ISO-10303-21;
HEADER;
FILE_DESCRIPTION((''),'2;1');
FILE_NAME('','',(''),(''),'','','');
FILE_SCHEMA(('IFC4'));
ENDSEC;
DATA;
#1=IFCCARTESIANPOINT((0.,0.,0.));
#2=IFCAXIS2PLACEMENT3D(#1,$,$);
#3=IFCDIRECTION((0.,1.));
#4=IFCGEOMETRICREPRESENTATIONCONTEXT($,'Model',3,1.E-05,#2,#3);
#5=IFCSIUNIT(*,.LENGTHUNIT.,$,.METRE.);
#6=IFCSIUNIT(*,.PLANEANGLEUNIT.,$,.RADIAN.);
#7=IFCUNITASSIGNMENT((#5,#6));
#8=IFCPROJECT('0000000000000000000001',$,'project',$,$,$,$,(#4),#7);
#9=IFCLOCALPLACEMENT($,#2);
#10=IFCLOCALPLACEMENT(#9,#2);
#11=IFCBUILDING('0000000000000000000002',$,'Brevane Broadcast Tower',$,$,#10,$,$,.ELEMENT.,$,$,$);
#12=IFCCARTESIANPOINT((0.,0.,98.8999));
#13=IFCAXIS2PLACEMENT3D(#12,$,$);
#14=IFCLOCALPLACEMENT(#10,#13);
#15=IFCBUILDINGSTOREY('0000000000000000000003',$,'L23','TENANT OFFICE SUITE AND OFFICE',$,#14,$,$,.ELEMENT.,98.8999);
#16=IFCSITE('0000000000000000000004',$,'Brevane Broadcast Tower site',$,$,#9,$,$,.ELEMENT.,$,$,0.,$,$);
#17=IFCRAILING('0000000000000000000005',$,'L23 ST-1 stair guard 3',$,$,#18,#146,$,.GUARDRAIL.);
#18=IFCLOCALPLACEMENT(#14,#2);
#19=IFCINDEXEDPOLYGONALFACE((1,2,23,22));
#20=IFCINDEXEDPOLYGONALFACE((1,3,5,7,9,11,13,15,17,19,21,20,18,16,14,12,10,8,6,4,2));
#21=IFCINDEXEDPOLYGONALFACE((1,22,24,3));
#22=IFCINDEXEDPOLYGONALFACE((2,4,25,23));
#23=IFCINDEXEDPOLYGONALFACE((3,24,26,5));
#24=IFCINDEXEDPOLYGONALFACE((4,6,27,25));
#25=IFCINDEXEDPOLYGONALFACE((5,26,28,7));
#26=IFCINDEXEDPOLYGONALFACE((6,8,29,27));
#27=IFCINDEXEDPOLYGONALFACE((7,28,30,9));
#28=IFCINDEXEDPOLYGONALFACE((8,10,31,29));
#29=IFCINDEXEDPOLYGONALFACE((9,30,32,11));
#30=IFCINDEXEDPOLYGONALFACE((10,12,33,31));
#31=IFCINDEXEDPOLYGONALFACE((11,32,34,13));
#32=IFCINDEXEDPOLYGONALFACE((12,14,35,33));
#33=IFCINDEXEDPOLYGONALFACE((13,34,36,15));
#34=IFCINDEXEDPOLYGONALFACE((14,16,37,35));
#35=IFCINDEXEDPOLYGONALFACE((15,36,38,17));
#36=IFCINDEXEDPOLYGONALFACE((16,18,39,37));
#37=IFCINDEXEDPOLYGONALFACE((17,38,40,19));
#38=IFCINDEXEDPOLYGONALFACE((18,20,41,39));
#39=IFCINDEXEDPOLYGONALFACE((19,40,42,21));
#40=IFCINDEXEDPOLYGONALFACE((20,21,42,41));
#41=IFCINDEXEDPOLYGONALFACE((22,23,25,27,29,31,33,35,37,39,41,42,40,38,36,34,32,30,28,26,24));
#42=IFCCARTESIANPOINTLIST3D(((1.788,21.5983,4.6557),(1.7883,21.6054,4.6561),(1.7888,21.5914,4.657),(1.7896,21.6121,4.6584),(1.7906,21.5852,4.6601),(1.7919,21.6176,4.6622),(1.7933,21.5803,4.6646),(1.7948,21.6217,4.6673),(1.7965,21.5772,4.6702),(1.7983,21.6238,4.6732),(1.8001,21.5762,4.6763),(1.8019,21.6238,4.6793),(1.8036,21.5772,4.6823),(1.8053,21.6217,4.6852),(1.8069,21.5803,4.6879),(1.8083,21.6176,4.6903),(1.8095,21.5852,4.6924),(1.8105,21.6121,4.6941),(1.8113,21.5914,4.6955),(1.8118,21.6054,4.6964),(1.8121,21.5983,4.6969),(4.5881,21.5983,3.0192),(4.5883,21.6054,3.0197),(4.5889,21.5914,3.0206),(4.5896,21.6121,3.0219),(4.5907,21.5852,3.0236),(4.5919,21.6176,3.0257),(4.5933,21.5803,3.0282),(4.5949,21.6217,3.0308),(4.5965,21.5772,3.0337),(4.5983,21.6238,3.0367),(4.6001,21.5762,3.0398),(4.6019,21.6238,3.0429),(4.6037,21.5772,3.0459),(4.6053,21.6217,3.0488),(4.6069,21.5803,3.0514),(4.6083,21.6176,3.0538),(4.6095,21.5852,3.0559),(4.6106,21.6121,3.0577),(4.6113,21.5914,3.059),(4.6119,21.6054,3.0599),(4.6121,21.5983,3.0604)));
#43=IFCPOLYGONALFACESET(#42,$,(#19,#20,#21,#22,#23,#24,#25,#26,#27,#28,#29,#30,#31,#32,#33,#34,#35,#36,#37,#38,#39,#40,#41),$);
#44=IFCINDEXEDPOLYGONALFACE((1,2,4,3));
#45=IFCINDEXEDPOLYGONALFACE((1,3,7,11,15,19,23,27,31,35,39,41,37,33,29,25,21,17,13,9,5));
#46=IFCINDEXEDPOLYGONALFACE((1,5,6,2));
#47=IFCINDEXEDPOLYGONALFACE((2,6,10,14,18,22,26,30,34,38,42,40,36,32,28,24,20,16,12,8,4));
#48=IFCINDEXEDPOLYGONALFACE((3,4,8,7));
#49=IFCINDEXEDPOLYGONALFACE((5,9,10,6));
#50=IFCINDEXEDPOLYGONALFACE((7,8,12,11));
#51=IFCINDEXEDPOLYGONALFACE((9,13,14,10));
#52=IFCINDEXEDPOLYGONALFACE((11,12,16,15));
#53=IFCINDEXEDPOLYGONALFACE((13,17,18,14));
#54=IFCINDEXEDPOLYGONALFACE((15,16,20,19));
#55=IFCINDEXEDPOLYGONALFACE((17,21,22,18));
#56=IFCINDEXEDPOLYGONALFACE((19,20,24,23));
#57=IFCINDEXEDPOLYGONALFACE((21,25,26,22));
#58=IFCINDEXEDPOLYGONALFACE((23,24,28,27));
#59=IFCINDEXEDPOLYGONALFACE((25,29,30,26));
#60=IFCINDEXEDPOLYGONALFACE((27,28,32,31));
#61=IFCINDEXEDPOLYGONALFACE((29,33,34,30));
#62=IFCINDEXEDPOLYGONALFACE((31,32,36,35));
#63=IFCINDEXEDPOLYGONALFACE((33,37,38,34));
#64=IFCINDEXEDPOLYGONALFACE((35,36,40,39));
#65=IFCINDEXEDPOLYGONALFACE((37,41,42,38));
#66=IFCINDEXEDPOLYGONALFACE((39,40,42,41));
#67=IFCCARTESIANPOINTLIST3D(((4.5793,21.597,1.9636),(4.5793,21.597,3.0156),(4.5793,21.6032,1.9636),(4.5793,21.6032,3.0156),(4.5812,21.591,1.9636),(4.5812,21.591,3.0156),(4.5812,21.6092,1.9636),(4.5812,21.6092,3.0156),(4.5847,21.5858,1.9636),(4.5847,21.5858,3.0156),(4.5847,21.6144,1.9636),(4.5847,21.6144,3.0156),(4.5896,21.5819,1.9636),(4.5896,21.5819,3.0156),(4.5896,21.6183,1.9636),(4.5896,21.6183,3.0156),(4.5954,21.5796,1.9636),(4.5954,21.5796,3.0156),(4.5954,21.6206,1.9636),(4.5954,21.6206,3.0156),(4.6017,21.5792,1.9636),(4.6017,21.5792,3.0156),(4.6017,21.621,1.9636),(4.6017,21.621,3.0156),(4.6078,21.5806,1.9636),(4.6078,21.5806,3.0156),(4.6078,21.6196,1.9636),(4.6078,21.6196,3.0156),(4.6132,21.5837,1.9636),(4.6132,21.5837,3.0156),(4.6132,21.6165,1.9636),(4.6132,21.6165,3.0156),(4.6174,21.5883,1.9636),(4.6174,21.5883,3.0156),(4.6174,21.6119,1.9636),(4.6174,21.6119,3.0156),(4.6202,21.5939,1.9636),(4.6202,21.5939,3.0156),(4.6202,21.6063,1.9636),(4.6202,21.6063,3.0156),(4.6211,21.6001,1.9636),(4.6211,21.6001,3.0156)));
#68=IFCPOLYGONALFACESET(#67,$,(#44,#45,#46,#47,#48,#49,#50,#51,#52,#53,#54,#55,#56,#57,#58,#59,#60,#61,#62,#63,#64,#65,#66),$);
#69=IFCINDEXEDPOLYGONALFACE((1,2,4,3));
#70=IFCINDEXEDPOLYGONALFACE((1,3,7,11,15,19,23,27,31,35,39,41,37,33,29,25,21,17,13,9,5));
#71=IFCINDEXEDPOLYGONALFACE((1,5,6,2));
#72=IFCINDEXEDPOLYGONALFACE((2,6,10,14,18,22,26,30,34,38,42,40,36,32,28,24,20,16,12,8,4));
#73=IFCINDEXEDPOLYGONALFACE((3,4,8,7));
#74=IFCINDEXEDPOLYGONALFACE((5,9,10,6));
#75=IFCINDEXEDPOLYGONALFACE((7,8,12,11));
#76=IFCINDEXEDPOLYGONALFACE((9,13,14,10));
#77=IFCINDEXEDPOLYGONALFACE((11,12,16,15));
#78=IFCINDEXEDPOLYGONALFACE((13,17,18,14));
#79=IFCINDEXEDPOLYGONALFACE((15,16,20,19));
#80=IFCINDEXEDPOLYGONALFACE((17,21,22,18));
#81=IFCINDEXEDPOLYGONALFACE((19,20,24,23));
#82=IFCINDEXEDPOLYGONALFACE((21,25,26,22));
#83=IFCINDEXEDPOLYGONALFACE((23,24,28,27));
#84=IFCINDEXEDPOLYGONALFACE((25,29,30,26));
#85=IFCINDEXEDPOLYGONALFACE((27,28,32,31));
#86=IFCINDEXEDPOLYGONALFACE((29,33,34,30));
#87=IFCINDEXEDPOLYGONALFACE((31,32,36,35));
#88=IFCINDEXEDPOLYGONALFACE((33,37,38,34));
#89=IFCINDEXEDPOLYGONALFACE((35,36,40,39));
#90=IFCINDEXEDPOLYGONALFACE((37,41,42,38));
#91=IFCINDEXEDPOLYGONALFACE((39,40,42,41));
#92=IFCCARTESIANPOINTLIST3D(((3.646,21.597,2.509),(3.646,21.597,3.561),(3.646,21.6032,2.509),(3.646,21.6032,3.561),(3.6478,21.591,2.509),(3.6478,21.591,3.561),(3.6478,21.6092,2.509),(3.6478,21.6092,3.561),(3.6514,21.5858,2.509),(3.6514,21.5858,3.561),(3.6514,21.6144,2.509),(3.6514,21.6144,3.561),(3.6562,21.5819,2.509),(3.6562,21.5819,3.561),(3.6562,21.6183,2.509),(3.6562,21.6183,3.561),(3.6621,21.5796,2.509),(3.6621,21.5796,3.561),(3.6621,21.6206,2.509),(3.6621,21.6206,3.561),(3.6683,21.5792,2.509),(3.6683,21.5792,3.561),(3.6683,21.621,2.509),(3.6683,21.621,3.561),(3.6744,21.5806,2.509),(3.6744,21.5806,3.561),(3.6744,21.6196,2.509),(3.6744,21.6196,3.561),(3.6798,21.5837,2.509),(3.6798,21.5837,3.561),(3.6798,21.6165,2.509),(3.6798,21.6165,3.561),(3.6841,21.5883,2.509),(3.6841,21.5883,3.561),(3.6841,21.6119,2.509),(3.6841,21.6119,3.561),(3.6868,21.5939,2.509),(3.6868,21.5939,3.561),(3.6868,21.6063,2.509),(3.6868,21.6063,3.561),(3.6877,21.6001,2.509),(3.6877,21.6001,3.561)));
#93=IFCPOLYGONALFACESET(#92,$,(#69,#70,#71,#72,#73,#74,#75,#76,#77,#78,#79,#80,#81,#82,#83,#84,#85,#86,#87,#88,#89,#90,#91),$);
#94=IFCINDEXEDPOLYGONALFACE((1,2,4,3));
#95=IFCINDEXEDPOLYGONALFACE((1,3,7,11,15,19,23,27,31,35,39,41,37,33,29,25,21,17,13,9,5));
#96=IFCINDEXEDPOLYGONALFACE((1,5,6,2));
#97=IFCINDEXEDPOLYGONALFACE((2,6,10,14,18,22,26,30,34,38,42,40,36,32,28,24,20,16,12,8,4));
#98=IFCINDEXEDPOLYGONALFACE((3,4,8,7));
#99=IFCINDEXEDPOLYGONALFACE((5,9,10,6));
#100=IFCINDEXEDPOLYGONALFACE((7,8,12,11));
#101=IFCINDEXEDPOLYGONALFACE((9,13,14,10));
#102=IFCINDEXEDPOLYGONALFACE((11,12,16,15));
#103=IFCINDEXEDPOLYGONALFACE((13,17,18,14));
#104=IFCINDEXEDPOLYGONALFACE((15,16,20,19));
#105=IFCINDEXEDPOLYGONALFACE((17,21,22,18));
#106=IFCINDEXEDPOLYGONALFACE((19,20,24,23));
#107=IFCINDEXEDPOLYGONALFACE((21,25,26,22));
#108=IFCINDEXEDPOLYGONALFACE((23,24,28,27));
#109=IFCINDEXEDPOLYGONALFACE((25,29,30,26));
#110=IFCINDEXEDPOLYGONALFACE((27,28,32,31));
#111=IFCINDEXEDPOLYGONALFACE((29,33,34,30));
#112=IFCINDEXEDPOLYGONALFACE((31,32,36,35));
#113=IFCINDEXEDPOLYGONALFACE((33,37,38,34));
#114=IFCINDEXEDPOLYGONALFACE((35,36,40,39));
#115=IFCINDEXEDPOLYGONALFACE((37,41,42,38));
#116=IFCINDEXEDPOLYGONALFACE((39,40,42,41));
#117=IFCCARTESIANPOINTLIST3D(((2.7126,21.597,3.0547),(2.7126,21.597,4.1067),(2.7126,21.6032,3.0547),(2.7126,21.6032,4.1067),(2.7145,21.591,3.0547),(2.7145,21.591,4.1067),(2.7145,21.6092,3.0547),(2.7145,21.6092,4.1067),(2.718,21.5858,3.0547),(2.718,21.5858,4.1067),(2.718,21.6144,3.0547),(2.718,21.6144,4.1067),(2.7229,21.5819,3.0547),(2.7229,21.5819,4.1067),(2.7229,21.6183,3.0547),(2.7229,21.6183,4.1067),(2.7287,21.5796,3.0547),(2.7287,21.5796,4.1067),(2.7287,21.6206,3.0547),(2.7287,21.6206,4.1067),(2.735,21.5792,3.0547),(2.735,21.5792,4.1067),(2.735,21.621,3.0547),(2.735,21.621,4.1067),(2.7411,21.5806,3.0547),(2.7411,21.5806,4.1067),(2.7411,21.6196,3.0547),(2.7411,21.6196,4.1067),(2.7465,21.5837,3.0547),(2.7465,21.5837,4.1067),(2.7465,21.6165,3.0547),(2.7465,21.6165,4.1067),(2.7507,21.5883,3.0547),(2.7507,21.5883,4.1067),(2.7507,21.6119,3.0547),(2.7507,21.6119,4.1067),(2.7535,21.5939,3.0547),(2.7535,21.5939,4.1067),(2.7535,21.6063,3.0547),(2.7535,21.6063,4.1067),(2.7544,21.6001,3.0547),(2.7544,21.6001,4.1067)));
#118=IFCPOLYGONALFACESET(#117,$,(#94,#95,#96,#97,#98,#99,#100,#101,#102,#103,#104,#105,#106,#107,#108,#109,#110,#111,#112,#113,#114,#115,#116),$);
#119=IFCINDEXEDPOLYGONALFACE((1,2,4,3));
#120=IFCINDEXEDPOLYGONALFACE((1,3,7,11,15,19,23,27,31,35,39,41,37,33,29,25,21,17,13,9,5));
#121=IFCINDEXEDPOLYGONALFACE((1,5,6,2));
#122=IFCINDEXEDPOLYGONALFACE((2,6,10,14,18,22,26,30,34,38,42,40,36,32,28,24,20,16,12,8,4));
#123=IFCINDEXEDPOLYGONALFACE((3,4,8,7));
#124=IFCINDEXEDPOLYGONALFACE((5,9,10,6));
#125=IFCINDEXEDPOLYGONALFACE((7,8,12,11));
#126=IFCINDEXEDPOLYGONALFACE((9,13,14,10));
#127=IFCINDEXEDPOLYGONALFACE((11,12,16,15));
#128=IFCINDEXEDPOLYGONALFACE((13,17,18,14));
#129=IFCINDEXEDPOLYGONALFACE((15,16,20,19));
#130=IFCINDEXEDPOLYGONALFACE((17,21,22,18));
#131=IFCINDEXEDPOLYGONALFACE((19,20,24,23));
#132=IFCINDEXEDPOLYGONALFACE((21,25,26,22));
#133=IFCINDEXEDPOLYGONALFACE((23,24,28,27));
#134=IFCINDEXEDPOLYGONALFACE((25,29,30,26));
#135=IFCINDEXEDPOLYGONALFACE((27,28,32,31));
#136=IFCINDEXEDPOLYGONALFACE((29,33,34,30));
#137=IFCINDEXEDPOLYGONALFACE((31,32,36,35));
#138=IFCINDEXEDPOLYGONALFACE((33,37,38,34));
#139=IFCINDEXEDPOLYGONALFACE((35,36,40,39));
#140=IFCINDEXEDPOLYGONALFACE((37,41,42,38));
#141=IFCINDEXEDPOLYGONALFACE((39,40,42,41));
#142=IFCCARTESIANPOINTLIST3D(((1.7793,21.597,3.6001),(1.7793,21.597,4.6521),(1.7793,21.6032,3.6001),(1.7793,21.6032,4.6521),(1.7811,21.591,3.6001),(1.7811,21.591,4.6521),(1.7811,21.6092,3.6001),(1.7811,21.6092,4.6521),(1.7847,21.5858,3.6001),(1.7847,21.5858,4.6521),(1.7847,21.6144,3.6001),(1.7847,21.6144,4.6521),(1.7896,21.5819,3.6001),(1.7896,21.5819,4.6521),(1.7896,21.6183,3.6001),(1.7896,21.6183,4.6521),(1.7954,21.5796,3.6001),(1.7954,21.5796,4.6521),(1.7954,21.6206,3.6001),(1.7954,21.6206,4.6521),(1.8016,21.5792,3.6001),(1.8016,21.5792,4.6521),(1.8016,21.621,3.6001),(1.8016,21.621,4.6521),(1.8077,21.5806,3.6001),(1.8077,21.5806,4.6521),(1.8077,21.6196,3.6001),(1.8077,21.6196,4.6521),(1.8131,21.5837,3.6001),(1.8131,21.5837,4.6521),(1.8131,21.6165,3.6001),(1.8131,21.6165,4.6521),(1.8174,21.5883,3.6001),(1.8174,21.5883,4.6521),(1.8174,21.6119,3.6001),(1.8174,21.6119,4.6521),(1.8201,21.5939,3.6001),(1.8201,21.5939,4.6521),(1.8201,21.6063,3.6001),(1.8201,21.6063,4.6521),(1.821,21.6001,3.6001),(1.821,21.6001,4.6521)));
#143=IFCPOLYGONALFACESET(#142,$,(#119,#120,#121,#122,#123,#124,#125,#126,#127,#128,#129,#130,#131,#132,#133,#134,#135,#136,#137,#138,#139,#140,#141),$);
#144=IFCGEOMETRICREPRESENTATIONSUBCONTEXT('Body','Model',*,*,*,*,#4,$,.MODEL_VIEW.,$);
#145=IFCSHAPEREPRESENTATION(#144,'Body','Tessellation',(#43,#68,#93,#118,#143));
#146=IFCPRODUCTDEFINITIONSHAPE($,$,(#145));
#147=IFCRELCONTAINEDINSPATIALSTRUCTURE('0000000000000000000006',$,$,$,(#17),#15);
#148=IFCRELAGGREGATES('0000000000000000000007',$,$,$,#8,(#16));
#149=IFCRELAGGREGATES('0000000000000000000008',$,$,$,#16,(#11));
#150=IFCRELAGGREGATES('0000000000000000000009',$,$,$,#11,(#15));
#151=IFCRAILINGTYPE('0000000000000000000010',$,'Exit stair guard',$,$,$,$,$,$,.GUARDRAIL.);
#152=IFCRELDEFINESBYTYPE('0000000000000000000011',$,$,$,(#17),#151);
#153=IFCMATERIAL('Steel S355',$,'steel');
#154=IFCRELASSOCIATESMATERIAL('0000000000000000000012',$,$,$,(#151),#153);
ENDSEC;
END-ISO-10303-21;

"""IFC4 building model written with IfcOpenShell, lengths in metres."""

from ifc_helpers import new_model, si_unit, direction, frame, origin, origin_2d, place, context, subcontext, project, spatial, circle, extrude, material, type_object, element, save


model = new_model("IFC4")

# Units and contexts
model_context = context("Model", 3, precision=1e-05, world=origin(), true_north=direction((0.0, 1.0)))
body_context = subcontext(model_context, "Body", "Model", "MODEL_VIEW")
ifc_project = project(units=[si_unit("LENGTHUNIT", "METRE"), si_unit("PLANEANGLEUNIT", "RADIAN")], contexts=[model_context])

# Site, building, storey
site_placement = place(None, origin())
site = spatial("IfcSite", under=ifc_project, at=site_placement, Name="Brevane Broadcast Tower site", CompositionType="ELEMENT", RefElevation=0.0)
building_placement = place(site_placement, origin())
building = spatial("IfcBuilding", under=site, at=building_placement, Name="Brevane Broadcast Tower", CompositionType="ELEMENT")
storey_placement = place(building_placement, frame((0.0, 0.0, 98.8999)))
storey = spatial("IfcBuildingStorey", under=building, at=storey_placement, Name="L23", Description="TENANT OFFICE SUITE AND OFFICE", CompositionType="ELEMENT", Elevation=98.8999)

# Railing
ifc_material_1 = material(Name="Steel S355", Category="steel")
railing_type_1 = type_object("IfcRailingType", Name="Exit stair guard", PredefinedType="GUARDRAIL", material=ifc_material_1)
railing_1_placement = place(storey_placement, frame((4.6001, 21.6001, 1.9636)))
element("IfcRailing", 1, at=railing_1_placement, inside=storey, type_object=railing_type_1, Name="L23 ST-1 stair guard 3", PredefinedType="GUARDRAIL", context=body_context, shape_type="SweptSolid", body=[
    extrude(circle(Radius=0.0239, at=origin_2d()), frame((0.0, 0.0, 1.0762), z_axis=(-0.863361, 0.0, 0.504587), x_axis=(0.0, -1.0, 0.0)), (0.0, 0.0, 1.0), 3.2432),
    extrude(circle(Radius=0.021, at=origin_2d()), origin(), (0.0, 0.0, 1.0), 1.052),
    extrude(circle(Radius=0.021, at=origin_2d()), frame((-0.9333, 0.0, 0.5454)), (0.0, 0.0, 1.0), 1.052),
    extrude(circle(Radius=0.021, at=origin_2d()), frame((-1.8667, 0.0, 1.0911)), (0.0, 0.0, 1.0), 1.052),
    extrude(circle(Radius=0.021, at=origin_2d()), frame((-2.8, 0.0, 1.6365)), (0.0, 0.0, 1.0), 1.052),
])

save(model, "model.ifc")
